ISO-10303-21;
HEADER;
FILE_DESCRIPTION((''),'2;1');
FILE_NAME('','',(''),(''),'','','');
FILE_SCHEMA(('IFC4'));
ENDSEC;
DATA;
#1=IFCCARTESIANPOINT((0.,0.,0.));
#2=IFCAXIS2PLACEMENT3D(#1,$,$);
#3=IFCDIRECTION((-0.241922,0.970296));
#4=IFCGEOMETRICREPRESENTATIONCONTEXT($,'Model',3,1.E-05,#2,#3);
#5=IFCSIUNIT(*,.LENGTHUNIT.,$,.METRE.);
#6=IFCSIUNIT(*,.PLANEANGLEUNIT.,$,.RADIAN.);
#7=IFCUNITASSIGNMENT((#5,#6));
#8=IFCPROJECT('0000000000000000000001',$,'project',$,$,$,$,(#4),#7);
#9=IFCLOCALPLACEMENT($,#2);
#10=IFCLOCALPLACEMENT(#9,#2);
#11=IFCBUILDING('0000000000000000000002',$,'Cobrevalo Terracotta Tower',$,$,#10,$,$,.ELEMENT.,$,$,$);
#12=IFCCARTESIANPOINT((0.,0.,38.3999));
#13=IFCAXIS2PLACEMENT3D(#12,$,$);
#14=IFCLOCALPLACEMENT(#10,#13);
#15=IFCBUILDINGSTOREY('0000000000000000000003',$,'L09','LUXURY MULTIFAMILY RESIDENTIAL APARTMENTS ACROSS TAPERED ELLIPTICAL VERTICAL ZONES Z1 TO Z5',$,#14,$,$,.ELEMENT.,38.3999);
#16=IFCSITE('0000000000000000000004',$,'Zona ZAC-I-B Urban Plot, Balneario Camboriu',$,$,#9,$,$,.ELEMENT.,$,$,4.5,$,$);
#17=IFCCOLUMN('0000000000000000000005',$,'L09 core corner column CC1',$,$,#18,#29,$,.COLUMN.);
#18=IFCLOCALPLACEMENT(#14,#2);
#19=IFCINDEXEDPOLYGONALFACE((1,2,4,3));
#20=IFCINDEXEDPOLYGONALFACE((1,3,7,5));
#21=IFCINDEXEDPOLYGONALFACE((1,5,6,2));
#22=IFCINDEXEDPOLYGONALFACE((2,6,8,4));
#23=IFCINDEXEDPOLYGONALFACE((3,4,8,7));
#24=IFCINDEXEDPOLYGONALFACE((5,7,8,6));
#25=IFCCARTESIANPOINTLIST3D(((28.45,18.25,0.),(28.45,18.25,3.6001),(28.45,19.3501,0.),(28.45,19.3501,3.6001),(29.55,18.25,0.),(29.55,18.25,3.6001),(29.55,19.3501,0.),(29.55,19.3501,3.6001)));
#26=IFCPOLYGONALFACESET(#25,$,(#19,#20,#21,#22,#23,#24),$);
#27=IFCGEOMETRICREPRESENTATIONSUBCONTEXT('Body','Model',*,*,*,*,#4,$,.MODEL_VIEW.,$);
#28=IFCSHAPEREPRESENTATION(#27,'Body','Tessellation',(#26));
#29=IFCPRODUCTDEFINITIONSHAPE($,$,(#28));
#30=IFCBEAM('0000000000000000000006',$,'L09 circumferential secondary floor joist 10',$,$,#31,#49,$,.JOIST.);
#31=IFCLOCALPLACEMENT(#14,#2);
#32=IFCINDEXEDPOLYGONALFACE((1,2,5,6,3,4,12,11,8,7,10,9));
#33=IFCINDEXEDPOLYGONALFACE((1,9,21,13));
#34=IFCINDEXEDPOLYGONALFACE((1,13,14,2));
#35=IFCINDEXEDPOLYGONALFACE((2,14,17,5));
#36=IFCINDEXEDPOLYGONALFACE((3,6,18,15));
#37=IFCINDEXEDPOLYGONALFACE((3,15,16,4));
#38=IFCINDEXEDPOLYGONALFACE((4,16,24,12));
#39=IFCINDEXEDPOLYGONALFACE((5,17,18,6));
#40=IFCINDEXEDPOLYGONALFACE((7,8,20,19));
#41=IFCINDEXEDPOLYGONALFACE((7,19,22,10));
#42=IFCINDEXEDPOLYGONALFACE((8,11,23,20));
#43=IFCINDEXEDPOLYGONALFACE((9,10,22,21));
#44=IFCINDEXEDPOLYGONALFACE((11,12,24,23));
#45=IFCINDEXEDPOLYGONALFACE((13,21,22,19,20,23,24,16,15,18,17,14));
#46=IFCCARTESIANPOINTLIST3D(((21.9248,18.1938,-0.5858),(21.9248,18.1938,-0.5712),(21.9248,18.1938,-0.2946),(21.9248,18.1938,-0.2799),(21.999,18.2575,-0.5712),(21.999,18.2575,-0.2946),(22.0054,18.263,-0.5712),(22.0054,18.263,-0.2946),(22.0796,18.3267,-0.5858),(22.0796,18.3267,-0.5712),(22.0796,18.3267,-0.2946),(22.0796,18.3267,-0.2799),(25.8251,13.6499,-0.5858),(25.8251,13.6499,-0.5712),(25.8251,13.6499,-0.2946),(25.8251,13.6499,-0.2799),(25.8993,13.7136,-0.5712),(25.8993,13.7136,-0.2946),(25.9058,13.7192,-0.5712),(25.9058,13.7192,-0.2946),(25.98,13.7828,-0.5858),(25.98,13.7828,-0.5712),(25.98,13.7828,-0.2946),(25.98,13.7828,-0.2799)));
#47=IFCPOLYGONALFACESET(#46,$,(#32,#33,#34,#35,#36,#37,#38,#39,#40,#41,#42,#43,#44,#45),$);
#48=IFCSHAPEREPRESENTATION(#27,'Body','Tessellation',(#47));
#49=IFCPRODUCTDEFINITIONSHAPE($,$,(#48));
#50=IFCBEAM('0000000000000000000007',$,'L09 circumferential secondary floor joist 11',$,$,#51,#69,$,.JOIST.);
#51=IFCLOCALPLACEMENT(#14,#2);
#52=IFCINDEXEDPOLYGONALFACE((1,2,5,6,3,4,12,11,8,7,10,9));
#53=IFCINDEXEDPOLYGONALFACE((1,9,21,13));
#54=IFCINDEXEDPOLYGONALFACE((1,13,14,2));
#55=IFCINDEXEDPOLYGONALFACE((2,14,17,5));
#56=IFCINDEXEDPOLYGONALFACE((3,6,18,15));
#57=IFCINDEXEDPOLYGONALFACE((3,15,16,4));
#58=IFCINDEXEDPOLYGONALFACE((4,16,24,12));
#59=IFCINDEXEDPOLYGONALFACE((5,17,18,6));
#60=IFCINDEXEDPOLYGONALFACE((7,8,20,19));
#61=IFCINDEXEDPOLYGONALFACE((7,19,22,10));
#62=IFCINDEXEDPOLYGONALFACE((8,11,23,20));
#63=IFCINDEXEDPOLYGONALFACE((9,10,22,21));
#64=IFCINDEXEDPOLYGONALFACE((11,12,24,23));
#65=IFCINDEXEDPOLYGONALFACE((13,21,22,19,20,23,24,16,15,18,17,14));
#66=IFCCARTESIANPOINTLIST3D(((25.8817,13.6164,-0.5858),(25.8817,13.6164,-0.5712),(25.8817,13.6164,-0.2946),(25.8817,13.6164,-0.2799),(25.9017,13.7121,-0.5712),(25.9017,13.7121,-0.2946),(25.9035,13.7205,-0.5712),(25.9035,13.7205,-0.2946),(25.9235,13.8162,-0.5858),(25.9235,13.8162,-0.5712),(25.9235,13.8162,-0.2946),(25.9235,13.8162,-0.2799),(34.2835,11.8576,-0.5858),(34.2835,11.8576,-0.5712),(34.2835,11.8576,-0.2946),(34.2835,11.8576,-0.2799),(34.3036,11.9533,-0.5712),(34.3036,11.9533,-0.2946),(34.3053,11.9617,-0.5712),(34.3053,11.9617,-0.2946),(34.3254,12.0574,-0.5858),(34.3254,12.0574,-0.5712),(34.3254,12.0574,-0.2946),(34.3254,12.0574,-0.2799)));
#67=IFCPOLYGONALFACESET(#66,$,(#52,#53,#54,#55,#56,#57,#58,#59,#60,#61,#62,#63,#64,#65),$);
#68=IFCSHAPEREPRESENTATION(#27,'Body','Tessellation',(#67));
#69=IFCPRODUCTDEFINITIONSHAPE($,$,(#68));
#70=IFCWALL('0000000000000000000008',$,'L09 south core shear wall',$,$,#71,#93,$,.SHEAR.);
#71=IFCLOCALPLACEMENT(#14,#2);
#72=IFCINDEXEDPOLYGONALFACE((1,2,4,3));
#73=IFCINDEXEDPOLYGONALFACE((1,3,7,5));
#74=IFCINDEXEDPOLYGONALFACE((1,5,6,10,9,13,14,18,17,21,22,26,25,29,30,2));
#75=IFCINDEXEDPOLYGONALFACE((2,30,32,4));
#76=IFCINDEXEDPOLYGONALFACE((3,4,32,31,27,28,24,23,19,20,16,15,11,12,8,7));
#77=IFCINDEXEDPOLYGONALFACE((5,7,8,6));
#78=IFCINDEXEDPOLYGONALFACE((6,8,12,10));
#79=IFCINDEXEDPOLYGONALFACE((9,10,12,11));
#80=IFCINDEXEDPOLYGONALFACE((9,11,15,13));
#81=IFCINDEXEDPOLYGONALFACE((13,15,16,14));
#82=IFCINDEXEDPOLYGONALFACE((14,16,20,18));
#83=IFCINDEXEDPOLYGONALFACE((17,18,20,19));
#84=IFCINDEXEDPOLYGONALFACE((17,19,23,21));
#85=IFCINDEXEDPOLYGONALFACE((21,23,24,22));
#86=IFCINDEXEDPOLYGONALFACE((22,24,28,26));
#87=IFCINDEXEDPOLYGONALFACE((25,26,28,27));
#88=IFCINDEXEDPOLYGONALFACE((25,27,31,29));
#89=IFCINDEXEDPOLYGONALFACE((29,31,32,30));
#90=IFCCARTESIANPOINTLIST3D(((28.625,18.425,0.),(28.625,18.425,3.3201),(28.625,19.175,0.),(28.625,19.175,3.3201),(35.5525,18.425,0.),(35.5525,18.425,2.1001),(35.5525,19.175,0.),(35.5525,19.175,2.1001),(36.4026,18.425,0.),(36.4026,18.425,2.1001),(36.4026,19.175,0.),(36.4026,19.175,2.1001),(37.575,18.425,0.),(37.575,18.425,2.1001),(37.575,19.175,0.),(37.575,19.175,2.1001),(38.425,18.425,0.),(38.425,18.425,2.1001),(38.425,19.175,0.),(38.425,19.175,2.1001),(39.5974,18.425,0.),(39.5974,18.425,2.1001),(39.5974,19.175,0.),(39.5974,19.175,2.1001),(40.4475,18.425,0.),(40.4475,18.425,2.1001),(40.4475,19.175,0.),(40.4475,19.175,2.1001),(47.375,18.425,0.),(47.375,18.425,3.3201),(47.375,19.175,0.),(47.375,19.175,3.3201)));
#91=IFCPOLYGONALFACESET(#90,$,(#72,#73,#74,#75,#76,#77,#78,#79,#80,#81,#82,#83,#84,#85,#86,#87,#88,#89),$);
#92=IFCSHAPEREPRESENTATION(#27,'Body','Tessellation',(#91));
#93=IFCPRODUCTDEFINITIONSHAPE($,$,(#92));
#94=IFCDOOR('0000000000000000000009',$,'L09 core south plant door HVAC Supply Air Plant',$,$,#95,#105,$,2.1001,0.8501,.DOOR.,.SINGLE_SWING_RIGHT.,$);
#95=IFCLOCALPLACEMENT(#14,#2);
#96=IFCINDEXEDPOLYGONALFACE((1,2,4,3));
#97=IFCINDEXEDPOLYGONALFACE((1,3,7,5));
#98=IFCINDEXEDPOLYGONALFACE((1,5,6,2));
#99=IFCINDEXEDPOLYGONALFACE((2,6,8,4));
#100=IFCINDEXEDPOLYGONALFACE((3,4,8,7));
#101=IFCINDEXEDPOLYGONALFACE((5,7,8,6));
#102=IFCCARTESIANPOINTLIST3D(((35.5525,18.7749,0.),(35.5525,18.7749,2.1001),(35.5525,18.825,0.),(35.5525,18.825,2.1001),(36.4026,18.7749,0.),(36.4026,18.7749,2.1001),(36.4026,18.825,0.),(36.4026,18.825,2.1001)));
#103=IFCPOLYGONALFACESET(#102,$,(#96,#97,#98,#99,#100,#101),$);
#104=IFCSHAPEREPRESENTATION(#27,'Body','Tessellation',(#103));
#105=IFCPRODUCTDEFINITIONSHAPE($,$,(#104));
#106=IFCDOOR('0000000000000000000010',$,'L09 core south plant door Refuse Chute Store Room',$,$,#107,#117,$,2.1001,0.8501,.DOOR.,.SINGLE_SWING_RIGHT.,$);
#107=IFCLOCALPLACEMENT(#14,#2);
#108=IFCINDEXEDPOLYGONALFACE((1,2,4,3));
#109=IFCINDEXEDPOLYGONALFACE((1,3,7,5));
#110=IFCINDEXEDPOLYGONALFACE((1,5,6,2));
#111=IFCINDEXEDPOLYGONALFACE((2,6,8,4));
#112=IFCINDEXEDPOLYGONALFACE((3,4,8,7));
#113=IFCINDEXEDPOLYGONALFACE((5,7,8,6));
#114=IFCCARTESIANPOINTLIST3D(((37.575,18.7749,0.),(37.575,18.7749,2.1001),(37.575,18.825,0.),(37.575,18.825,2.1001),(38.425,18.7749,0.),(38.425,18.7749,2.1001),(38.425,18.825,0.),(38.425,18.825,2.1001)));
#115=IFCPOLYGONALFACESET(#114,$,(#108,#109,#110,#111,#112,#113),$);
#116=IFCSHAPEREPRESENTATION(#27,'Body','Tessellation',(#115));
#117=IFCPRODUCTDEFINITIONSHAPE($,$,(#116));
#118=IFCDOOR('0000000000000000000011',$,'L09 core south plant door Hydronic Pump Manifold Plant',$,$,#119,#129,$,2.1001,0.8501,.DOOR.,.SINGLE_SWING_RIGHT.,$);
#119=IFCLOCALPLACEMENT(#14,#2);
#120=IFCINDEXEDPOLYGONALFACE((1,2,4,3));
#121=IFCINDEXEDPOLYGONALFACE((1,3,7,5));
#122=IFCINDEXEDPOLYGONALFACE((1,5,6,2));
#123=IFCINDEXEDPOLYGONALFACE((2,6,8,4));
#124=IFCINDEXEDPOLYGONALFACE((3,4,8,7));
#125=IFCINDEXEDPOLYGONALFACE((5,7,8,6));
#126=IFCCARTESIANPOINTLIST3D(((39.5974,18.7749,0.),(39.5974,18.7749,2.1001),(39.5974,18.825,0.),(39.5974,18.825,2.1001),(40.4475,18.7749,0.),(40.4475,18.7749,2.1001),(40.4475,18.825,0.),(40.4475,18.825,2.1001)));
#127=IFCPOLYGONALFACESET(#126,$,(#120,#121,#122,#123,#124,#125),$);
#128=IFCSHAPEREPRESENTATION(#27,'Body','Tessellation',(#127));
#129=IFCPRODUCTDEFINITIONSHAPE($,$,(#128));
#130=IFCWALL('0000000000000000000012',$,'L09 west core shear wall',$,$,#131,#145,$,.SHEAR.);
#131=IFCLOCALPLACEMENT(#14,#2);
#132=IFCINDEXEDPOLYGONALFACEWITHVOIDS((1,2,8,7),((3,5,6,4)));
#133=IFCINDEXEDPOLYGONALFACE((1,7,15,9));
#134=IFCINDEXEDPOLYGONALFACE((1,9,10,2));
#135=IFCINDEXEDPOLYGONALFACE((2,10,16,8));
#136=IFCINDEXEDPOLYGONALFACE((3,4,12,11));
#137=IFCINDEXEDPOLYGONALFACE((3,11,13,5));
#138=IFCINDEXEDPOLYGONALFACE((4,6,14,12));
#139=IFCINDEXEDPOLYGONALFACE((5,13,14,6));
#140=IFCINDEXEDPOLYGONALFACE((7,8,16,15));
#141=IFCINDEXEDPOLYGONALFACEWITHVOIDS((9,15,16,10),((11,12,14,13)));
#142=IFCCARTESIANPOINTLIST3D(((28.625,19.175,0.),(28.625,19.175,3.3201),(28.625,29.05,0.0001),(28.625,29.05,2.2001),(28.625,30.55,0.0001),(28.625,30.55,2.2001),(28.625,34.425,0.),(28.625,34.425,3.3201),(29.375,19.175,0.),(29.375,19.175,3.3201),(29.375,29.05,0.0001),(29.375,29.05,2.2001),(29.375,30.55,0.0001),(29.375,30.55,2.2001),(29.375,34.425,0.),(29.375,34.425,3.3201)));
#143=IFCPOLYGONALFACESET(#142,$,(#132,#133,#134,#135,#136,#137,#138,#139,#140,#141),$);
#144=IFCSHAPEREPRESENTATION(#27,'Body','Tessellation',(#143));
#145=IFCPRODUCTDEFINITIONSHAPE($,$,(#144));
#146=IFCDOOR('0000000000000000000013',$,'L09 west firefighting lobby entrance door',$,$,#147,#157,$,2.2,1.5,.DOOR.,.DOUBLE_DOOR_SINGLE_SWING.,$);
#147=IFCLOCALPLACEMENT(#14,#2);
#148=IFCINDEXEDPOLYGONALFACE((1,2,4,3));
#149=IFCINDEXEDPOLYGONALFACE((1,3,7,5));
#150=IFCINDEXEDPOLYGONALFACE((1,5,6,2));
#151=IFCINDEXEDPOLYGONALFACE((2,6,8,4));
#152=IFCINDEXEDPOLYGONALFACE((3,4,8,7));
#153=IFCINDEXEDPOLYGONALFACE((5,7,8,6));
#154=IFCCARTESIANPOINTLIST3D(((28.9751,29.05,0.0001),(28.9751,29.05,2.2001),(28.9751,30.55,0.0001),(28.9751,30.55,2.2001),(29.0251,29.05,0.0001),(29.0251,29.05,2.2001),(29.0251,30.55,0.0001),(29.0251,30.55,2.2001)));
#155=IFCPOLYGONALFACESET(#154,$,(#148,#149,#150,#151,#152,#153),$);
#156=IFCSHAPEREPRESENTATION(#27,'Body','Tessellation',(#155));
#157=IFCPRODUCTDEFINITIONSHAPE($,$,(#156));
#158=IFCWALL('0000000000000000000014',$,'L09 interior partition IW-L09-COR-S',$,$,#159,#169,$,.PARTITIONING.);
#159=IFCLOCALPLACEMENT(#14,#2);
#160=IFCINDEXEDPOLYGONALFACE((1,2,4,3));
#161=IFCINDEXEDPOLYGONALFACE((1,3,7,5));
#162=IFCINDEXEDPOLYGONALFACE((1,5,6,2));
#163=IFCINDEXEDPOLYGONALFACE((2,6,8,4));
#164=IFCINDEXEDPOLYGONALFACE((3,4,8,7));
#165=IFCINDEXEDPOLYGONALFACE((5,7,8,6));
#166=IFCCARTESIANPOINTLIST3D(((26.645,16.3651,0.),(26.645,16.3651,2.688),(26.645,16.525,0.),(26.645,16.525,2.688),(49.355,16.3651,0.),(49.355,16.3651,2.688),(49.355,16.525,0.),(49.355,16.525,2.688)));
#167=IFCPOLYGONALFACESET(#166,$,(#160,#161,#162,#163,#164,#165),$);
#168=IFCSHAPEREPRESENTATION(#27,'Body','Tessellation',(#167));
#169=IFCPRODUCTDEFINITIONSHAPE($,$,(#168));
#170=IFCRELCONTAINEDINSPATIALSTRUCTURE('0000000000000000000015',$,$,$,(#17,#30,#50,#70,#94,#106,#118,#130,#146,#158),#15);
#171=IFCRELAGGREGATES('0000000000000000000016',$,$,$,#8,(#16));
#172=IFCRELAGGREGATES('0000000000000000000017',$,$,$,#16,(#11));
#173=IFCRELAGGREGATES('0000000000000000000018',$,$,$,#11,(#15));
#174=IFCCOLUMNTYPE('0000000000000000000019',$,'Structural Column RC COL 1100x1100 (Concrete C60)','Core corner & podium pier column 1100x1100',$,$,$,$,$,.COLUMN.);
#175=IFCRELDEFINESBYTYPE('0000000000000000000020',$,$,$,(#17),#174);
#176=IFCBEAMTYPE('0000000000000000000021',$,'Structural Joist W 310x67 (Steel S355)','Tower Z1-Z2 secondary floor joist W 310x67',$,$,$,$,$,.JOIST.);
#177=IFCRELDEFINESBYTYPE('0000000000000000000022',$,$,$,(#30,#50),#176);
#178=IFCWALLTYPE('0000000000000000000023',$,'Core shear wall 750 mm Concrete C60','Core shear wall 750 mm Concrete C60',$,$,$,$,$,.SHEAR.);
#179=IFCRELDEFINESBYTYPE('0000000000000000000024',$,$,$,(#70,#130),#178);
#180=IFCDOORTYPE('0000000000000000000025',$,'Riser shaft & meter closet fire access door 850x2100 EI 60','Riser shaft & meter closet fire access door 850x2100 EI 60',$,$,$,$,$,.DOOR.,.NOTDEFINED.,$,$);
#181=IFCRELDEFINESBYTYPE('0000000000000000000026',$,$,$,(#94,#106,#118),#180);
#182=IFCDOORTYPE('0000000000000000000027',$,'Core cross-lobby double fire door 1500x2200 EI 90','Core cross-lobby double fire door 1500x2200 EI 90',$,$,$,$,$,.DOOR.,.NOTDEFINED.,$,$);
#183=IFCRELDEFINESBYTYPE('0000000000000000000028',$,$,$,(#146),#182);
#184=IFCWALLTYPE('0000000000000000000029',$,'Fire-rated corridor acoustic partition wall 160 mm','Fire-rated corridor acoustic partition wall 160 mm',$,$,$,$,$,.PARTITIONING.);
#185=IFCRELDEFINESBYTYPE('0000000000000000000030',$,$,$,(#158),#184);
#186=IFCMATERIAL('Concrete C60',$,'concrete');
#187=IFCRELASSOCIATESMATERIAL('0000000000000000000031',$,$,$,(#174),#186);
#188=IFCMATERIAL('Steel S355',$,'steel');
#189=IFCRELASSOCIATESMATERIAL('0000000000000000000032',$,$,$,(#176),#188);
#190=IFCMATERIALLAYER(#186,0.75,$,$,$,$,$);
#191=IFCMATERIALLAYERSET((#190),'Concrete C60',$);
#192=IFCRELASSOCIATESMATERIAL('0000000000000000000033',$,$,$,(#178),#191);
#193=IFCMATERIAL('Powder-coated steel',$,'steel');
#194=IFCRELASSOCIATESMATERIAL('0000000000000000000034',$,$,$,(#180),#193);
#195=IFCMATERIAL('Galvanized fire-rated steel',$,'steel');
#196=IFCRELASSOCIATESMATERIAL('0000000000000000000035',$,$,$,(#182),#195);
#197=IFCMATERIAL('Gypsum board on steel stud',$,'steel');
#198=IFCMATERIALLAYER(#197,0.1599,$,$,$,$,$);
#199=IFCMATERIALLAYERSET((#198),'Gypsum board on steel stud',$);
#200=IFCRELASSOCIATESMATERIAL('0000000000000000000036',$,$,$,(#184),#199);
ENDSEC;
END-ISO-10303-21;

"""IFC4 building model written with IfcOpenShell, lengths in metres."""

from ifc_helpers import new_model, si_unit, direction, frame, frame_2d, origin, origin_2d, place, context, subcontext, project, spatial, rectangle, i_section, extrude, source, transform, mapped, material, layer, layer_set, material_profile, profile_set, type_object, element, fill, save


model = new_model("IFC4")

# Units and contexts
model_context = context("Model", 3, precision=1e-05, world=origin(), true_north=direction((-0.241922, 0.970296)))
body_context = subcontext(model_context, "Body", "Model", "MODEL_VIEW")
ifc_project = project(units=[si_unit("LENGTHUNIT", "METRE"), si_unit("PLANEANGLEUNIT", "RADIAN")], contexts=[model_context])

# Site, building, storey
site_placement = place(None, origin())
site = spatial("IfcSite", under=ifc_project, at=site_placement, Name="Zona ZAC-I-B Urban Plot, Balneario Camboriu", CompositionType="ELEMENT", RefElevation=4.5)
building_placement = place(site_placement, origin())
building = spatial("IfcBuilding", under=site, at=building_placement, Name="Cobrevalo Terracotta Tower", CompositionType="ELEMENT")
storey_placement = place(building_placement, frame((0.0, 0.0, 38.3999)))
storey = spatial("IfcBuildingStorey", under=building, at=storey_placement, Name="L09", Description="LUXURY MULTIFAMILY RESIDENTIAL APARTMENTS ACROSS TAPERED ELLIPTICAL VERTICAL ZONES Z1 TO Z5", CompositionType="ELEMENT", Elevation=38.3999)

# Column
ifc_material_1 = material(Name="Concrete C60", Category="concrete")
ifc_material_profile_1 = material_profile(ifc_material_1, rectangle(XDim=1.1001, YDim=1.1001, at=origin_2d()), Name="RC COL 1100x1100")
ifc_profile_set_1 = profile_set([ifc_material_profile_1], Name="Concrete C60")
column_type = type_object("IfcColumnType", Name="Structural Column RC COL 1100x1100 (Concrete C60)", Description="Core corner & podium pier column 1100x1100", PredefinedType="COLUMN", material=ifc_profile_set_1)
column_placement = place(storey_placement, frame((29.0, 18.8, 0.0), z_axis=(0.0, 0.0, 1.0), x_axis=(1.0, 0.0, 0.0)))
element("IfcColumn", 1, at=column_placement, inside=storey, type_object=column_type, Name="L09 core corner column CC1", PredefinedType="COLUMN", context=body_context, shape_type="SweptSolid", body=[
    extrude(rectangle(XDim=1.1001, YDim=1.1001, at=origin_2d()), origin(), (0.0, 0.0, 1.0), 3.6001),
])

# Beams
ifc_material_2 = material(Name="Steel S355", Category="steel")
ifc_material_profile_2 = material_profile(ifc_material_2, i_section(OverallWidth=0.2041, OverallDepth=0.3059, WebThickness=0.0085, FlangeThickness=0.0146, at=origin_2d()), Name="W 310x67")
ifc_profile_set_2 = profile_set([ifc_material_profile_2], Name="Steel S355")
beam_type = type_object("IfcBeamType", Name="Structural Joist W 310x67 (Steel S355)", Description="Tower Z1-Z2 secondary floor joist W 310x67", PredefinedType="JOIST", material=ifc_profile_set_2)
beam_1_placement = place(storey_placement, frame((22.0022, 18.2603, -0.4329), z_axis=(0.651328, -0.758796, 0.0), x_axis=(0.758796, 0.651328, 0.0)))
element("IfcBeam", 2, at=beam_1_placement, inside=storey, type_object=beam_type, Name="L09 circumferential secondary floor joist 10", PredefinedType="JOIST", context=body_context, shape_type="SweptSolid", body=[
    extrude(i_section(OverallWidth=0.2041, OverallDepth=0.3059, WebThickness=0.0085, FlangeThickness=0.0146, at=origin_2d()), origin(), (0.0, 0.0, 1.0), 5.9883),
])
beam_2_placement = place(storey_placement, frame((25.9026, 13.7163, -0.4329), z_axis=(0.978785, -0.204892, 0.0), x_axis=(0.204892, 0.978785, 0.0)))
element("IfcBeam", 3, at=beam_2_placement, inside=storey, type_object=beam_type, Name="L09 circumferential secondary floor joist 11", PredefinedType="JOIST", context=body_context, shape_type="SweptSolid", body=[
    extrude(i_section(OverallWidth=0.2041, OverallDepth=0.3059, WebThickness=0.0085, FlangeThickness=0.0146, at=origin_2d()), origin(), (0.0, 0.0, 1.0), 8.584),
])

# Wall, openings, doors
ifc_layer_1 = layer(ifc_material_1, 0.75)
ifc_layer_set_1 = layer_set([ifc_layer_1], Name="Concrete C60")
wall_type_1 = type_object("IfcWallType", Name="Core shear wall 750 mm Concrete C60", Description="Core shear wall 750 mm Concrete C60", PredefinedType="SHEAR", material=ifc_layer_set_1)
wall_1_placement = place(storey_placement, frame((28.625, 18.8, 0.0), z_axis=(0.0, 0.0, 1.0), x_axis=(1.0, 0.0, 0.0)))
wall_1 = element("IfcWall", 4, at=wall_1_placement, inside=storey, type_object=wall_type_1, Name="L09 south core shear wall", PredefinedType="SHEAR", context=body_context, shape_type="SweptSolid", body=[
    extrude(rectangle(XDim=18.75, YDim=0.75, at=frame_2d((9.375, 0.0))), origin(), (0.0, 0.0, 1.0), 3.3201),
])
opening_1_placement = place(wall_1_placement, frame((6.9275, 0.0, 0.0)))
opening_1 = element("IfcOpeningElement", 5, at=opening_1_placement, cuts=wall_1, PredefinedType="OPENING", context=body_context, shape_type="SweptSolid", body=[
    extrude(rectangle(XDim=0.8501, YDim=2.1001, at=frame_2d((0.425, 1.05))), frame((0.0, 0.385, 0.0), z_axis=(0.0, -1.0, 0.0), x_axis=(1.0, 0.0, 0.0)), (0.0, 0.0, 1.0), 0.77),
])
opening_2_placement = place(wall_1_placement, frame((8.95, 0.0, 0.0)))
opening_2 = element("IfcOpeningElement", 6, at=opening_2_placement, cuts=wall_1, PredefinedType="OPENING", context=body_context, shape_type="SweptSolid", body=[
    extrude(rectangle(XDim=0.8501, YDim=2.1001, at=frame_2d((0.425, 1.05))), frame((0.0, 0.385, 0.0), z_axis=(0.0, -1.0, 0.0), x_axis=(1.0, 0.0, 0.0)), (0.0, 0.0, 1.0), 0.77),
])
opening_3_placement = place(wall_1_placement, frame((10.9724, 0.0, 0.0)))
opening_3 = element("IfcOpeningElement", 7, at=opening_3_placement, cuts=wall_1, PredefinedType="OPENING", context=body_context, shape_type="SweptSolid", body=[
    extrude(rectangle(XDim=0.8501, YDim=2.1001, at=frame_2d((0.425, 1.05))), frame((0.0, 0.385, 0.0), z_axis=(0.0, -1.0, 0.0), x_axis=(1.0, 0.0, 0.0)), (0.0, 0.0, 1.0), 0.77),
])
ifc_material_3 = material(Name="Powder-coated steel", Category="steel")
door_type_1 = type_object("IfcDoorType", Name="Riser shaft & meter closet fire access door 850x2100 EI 60", Description="Riser shaft & meter closet fire access door 850x2100 EI 60", OperationType="NOTDEFINED", PredefinedType="DOOR", material=ifc_material_3)
shared_shape_1 = source(origin(), body_context, "Body", "SweptSolid", [
    extrude(rectangle(XDim=0.8501, YDim=2.1001, at=frame_2d((0.425, 1.05))), frame((0.0, 0.0249, 0.0), z_axis=(0.0, -1.0, 0.0), x_axis=(1.0, 0.0, 0.0)), (0.0, 0.0, 1.0), 0.05),
])
door_1_placement = place(opening_1_placement, origin())
door_1 = element("IfcDoor", 8, at=door_1_placement, inside=storey, type_object=door_type_1, Name="L09 core south plant door HVAC Supply Air Plant", OperationType="SINGLE_SWING_RIGHT", OverallHeight=2.1001, OverallWidth=0.8501, PredefinedType="DOOR", context=body_context, shape_type="MappedRepresentation", body=[
    mapped(shared_shape_1, transform((0.0, 0.0, 0.0), scale=1.0)),
])
fill(opening_1, door_1)
door_2_placement = place(opening_2_placement, origin())
door_2 = element("IfcDoor", 9, at=door_2_placement, inside=storey, type_object=door_type_1, Name="L09 core south plant door Refuse Chute Store Room", OperationType="SINGLE_SWING_RIGHT", OverallHeight=2.1001, OverallWidth=0.8501, PredefinedType="DOOR", context=body_context, shape_type="MappedRepresentation", body=[
    mapped(shared_shape_1, transform((0.0, 0.0, 0.0), scale=1.0)),
])
fill(opening_2, door_2)
door_3_placement = place(opening_3_placement, origin())
door_3 = element("IfcDoor", 10, at=door_3_placement, inside=storey, type_object=door_type_1, Name="L09 core south plant door Hydronic Pump Manifold Plant", OperationType="SINGLE_SWING_RIGHT", OverallHeight=2.1001, OverallWidth=0.8501, PredefinedType="DOOR", context=body_context, shape_type="MappedRepresentation", body=[
    mapped(shared_shape_1, transform((0.0, 0.0, 0.0), scale=1.0)),
])
fill(opening_3, door_3)

# Wall, opening, door
wall_2_placement = place(storey_placement, frame((29.0, 19.175, 0.0), z_axis=(0.0, 0.0, 1.0), x_axis=(0.0, 1.0, 0.0)))
wall_2 = element("IfcWall", 11, at=wall_2_placement, inside=storey, type_object=wall_type_1, Name="L09 west core shear wall", PredefinedType="SHEAR", context=body_context, shape_type="SweptSolid", body=[
    extrude(rectangle(XDim=15.25, YDim=0.75, at=frame_2d((7.625, 0.0))), origin(), (0.0, 0.0, 1.0), 3.3201),
])
opening_4_placement = place(wall_2_placement, frame((9.875, 0.0, 0.0)))
opening_4 = element("IfcOpeningElement", 12, at=opening_4_placement, cuts=wall_2, PredefinedType="OPENING", context=body_context, shape_type="SweptSolid", body=[
    extrude(rectangle(XDim=1.5, YDim=2.2, at=frame_2d((0.75, 1.1001))), frame((0.0, 0.385, 0.0), z_axis=(0.0, -1.0, 0.0), x_axis=(1.0, 0.0, 0.0)), (0.0, 0.0, 1.0), 0.77),
])
ifc_material_4 = material(Name="Galvanized fire-rated steel", Category="steel")
door_type_2 = type_object("IfcDoorType", Name="Core cross-lobby double fire door 1500x2200 EI 90", Description="Core cross-lobby double fire door 1500x2200 EI 90", OperationType="NOTDEFINED", PredefinedType="DOOR", material=ifc_material_4)
shared_shape_2 = source(origin(), body_context, "Body", "SweptSolid", [
    extrude(rectangle(XDim=1.5, YDim=2.2, at=frame_2d((0.75, 1.1001))), frame((0.0, 0.0249, 0.0), z_axis=(0.0, -1.0, 0.0), x_axis=(1.0, 0.0, 0.0)), (0.0, 0.0, 1.0), 0.05),
])
door_4_placement = place(opening_4_placement, origin())
door_4 = element("IfcDoor", 13, at=door_4_placement, inside=storey, type_object=door_type_2, Name="L09 west firefighting lobby entrance door", OperationType="DOUBLE_DOOR_SINGLE_SWING", OverallHeight=2.2, OverallWidth=1.5, PredefinedType="DOOR", context=body_context, shape_type="MappedRepresentation", body=[
    mapped(shared_shape_2, transform((0.0, 0.0, 0.0), scale=1.0)),
])
fill(opening_4, door_4)

# Wall
ifc_material_5 = material(Name="Gypsum board on steel stud", Category="steel")
ifc_layer_2 = layer(ifc_material_5, 0.1599)
ifc_layer_set_2 = layer_set([ifc_layer_2], Name="Gypsum board on steel stud")
wall_type_2 = type_object("IfcWallType", Name="Fire-rated corridor acoustic partition wall 160 mm", Description="Fire-rated corridor acoustic partition wall 160 mm", PredefinedType="PARTITIONING", material=ifc_layer_set_2)
wall_3_placement = place(storey_placement, frame((26.645, 16.4451, 0.0), z_axis=(0.0, 0.0, 1.0), x_axis=(1.0, 0.0, 0.0)))
element("IfcWall", 14, at=wall_3_placement, inside=storey, type_object=wall_type_2, Name="L09 interior partition IW-L09-COR-S", PredefinedType="PARTITIONING", context=body_context, shape_type="SweptSolid", body=[
    extrude(rectangle(XDim=22.71, YDim=0.1599, at=frame_2d((11.355, 0.0))), origin(), (0.0, 0.0, 1.0), 2.688),
])

save(model, "model.ifc")
